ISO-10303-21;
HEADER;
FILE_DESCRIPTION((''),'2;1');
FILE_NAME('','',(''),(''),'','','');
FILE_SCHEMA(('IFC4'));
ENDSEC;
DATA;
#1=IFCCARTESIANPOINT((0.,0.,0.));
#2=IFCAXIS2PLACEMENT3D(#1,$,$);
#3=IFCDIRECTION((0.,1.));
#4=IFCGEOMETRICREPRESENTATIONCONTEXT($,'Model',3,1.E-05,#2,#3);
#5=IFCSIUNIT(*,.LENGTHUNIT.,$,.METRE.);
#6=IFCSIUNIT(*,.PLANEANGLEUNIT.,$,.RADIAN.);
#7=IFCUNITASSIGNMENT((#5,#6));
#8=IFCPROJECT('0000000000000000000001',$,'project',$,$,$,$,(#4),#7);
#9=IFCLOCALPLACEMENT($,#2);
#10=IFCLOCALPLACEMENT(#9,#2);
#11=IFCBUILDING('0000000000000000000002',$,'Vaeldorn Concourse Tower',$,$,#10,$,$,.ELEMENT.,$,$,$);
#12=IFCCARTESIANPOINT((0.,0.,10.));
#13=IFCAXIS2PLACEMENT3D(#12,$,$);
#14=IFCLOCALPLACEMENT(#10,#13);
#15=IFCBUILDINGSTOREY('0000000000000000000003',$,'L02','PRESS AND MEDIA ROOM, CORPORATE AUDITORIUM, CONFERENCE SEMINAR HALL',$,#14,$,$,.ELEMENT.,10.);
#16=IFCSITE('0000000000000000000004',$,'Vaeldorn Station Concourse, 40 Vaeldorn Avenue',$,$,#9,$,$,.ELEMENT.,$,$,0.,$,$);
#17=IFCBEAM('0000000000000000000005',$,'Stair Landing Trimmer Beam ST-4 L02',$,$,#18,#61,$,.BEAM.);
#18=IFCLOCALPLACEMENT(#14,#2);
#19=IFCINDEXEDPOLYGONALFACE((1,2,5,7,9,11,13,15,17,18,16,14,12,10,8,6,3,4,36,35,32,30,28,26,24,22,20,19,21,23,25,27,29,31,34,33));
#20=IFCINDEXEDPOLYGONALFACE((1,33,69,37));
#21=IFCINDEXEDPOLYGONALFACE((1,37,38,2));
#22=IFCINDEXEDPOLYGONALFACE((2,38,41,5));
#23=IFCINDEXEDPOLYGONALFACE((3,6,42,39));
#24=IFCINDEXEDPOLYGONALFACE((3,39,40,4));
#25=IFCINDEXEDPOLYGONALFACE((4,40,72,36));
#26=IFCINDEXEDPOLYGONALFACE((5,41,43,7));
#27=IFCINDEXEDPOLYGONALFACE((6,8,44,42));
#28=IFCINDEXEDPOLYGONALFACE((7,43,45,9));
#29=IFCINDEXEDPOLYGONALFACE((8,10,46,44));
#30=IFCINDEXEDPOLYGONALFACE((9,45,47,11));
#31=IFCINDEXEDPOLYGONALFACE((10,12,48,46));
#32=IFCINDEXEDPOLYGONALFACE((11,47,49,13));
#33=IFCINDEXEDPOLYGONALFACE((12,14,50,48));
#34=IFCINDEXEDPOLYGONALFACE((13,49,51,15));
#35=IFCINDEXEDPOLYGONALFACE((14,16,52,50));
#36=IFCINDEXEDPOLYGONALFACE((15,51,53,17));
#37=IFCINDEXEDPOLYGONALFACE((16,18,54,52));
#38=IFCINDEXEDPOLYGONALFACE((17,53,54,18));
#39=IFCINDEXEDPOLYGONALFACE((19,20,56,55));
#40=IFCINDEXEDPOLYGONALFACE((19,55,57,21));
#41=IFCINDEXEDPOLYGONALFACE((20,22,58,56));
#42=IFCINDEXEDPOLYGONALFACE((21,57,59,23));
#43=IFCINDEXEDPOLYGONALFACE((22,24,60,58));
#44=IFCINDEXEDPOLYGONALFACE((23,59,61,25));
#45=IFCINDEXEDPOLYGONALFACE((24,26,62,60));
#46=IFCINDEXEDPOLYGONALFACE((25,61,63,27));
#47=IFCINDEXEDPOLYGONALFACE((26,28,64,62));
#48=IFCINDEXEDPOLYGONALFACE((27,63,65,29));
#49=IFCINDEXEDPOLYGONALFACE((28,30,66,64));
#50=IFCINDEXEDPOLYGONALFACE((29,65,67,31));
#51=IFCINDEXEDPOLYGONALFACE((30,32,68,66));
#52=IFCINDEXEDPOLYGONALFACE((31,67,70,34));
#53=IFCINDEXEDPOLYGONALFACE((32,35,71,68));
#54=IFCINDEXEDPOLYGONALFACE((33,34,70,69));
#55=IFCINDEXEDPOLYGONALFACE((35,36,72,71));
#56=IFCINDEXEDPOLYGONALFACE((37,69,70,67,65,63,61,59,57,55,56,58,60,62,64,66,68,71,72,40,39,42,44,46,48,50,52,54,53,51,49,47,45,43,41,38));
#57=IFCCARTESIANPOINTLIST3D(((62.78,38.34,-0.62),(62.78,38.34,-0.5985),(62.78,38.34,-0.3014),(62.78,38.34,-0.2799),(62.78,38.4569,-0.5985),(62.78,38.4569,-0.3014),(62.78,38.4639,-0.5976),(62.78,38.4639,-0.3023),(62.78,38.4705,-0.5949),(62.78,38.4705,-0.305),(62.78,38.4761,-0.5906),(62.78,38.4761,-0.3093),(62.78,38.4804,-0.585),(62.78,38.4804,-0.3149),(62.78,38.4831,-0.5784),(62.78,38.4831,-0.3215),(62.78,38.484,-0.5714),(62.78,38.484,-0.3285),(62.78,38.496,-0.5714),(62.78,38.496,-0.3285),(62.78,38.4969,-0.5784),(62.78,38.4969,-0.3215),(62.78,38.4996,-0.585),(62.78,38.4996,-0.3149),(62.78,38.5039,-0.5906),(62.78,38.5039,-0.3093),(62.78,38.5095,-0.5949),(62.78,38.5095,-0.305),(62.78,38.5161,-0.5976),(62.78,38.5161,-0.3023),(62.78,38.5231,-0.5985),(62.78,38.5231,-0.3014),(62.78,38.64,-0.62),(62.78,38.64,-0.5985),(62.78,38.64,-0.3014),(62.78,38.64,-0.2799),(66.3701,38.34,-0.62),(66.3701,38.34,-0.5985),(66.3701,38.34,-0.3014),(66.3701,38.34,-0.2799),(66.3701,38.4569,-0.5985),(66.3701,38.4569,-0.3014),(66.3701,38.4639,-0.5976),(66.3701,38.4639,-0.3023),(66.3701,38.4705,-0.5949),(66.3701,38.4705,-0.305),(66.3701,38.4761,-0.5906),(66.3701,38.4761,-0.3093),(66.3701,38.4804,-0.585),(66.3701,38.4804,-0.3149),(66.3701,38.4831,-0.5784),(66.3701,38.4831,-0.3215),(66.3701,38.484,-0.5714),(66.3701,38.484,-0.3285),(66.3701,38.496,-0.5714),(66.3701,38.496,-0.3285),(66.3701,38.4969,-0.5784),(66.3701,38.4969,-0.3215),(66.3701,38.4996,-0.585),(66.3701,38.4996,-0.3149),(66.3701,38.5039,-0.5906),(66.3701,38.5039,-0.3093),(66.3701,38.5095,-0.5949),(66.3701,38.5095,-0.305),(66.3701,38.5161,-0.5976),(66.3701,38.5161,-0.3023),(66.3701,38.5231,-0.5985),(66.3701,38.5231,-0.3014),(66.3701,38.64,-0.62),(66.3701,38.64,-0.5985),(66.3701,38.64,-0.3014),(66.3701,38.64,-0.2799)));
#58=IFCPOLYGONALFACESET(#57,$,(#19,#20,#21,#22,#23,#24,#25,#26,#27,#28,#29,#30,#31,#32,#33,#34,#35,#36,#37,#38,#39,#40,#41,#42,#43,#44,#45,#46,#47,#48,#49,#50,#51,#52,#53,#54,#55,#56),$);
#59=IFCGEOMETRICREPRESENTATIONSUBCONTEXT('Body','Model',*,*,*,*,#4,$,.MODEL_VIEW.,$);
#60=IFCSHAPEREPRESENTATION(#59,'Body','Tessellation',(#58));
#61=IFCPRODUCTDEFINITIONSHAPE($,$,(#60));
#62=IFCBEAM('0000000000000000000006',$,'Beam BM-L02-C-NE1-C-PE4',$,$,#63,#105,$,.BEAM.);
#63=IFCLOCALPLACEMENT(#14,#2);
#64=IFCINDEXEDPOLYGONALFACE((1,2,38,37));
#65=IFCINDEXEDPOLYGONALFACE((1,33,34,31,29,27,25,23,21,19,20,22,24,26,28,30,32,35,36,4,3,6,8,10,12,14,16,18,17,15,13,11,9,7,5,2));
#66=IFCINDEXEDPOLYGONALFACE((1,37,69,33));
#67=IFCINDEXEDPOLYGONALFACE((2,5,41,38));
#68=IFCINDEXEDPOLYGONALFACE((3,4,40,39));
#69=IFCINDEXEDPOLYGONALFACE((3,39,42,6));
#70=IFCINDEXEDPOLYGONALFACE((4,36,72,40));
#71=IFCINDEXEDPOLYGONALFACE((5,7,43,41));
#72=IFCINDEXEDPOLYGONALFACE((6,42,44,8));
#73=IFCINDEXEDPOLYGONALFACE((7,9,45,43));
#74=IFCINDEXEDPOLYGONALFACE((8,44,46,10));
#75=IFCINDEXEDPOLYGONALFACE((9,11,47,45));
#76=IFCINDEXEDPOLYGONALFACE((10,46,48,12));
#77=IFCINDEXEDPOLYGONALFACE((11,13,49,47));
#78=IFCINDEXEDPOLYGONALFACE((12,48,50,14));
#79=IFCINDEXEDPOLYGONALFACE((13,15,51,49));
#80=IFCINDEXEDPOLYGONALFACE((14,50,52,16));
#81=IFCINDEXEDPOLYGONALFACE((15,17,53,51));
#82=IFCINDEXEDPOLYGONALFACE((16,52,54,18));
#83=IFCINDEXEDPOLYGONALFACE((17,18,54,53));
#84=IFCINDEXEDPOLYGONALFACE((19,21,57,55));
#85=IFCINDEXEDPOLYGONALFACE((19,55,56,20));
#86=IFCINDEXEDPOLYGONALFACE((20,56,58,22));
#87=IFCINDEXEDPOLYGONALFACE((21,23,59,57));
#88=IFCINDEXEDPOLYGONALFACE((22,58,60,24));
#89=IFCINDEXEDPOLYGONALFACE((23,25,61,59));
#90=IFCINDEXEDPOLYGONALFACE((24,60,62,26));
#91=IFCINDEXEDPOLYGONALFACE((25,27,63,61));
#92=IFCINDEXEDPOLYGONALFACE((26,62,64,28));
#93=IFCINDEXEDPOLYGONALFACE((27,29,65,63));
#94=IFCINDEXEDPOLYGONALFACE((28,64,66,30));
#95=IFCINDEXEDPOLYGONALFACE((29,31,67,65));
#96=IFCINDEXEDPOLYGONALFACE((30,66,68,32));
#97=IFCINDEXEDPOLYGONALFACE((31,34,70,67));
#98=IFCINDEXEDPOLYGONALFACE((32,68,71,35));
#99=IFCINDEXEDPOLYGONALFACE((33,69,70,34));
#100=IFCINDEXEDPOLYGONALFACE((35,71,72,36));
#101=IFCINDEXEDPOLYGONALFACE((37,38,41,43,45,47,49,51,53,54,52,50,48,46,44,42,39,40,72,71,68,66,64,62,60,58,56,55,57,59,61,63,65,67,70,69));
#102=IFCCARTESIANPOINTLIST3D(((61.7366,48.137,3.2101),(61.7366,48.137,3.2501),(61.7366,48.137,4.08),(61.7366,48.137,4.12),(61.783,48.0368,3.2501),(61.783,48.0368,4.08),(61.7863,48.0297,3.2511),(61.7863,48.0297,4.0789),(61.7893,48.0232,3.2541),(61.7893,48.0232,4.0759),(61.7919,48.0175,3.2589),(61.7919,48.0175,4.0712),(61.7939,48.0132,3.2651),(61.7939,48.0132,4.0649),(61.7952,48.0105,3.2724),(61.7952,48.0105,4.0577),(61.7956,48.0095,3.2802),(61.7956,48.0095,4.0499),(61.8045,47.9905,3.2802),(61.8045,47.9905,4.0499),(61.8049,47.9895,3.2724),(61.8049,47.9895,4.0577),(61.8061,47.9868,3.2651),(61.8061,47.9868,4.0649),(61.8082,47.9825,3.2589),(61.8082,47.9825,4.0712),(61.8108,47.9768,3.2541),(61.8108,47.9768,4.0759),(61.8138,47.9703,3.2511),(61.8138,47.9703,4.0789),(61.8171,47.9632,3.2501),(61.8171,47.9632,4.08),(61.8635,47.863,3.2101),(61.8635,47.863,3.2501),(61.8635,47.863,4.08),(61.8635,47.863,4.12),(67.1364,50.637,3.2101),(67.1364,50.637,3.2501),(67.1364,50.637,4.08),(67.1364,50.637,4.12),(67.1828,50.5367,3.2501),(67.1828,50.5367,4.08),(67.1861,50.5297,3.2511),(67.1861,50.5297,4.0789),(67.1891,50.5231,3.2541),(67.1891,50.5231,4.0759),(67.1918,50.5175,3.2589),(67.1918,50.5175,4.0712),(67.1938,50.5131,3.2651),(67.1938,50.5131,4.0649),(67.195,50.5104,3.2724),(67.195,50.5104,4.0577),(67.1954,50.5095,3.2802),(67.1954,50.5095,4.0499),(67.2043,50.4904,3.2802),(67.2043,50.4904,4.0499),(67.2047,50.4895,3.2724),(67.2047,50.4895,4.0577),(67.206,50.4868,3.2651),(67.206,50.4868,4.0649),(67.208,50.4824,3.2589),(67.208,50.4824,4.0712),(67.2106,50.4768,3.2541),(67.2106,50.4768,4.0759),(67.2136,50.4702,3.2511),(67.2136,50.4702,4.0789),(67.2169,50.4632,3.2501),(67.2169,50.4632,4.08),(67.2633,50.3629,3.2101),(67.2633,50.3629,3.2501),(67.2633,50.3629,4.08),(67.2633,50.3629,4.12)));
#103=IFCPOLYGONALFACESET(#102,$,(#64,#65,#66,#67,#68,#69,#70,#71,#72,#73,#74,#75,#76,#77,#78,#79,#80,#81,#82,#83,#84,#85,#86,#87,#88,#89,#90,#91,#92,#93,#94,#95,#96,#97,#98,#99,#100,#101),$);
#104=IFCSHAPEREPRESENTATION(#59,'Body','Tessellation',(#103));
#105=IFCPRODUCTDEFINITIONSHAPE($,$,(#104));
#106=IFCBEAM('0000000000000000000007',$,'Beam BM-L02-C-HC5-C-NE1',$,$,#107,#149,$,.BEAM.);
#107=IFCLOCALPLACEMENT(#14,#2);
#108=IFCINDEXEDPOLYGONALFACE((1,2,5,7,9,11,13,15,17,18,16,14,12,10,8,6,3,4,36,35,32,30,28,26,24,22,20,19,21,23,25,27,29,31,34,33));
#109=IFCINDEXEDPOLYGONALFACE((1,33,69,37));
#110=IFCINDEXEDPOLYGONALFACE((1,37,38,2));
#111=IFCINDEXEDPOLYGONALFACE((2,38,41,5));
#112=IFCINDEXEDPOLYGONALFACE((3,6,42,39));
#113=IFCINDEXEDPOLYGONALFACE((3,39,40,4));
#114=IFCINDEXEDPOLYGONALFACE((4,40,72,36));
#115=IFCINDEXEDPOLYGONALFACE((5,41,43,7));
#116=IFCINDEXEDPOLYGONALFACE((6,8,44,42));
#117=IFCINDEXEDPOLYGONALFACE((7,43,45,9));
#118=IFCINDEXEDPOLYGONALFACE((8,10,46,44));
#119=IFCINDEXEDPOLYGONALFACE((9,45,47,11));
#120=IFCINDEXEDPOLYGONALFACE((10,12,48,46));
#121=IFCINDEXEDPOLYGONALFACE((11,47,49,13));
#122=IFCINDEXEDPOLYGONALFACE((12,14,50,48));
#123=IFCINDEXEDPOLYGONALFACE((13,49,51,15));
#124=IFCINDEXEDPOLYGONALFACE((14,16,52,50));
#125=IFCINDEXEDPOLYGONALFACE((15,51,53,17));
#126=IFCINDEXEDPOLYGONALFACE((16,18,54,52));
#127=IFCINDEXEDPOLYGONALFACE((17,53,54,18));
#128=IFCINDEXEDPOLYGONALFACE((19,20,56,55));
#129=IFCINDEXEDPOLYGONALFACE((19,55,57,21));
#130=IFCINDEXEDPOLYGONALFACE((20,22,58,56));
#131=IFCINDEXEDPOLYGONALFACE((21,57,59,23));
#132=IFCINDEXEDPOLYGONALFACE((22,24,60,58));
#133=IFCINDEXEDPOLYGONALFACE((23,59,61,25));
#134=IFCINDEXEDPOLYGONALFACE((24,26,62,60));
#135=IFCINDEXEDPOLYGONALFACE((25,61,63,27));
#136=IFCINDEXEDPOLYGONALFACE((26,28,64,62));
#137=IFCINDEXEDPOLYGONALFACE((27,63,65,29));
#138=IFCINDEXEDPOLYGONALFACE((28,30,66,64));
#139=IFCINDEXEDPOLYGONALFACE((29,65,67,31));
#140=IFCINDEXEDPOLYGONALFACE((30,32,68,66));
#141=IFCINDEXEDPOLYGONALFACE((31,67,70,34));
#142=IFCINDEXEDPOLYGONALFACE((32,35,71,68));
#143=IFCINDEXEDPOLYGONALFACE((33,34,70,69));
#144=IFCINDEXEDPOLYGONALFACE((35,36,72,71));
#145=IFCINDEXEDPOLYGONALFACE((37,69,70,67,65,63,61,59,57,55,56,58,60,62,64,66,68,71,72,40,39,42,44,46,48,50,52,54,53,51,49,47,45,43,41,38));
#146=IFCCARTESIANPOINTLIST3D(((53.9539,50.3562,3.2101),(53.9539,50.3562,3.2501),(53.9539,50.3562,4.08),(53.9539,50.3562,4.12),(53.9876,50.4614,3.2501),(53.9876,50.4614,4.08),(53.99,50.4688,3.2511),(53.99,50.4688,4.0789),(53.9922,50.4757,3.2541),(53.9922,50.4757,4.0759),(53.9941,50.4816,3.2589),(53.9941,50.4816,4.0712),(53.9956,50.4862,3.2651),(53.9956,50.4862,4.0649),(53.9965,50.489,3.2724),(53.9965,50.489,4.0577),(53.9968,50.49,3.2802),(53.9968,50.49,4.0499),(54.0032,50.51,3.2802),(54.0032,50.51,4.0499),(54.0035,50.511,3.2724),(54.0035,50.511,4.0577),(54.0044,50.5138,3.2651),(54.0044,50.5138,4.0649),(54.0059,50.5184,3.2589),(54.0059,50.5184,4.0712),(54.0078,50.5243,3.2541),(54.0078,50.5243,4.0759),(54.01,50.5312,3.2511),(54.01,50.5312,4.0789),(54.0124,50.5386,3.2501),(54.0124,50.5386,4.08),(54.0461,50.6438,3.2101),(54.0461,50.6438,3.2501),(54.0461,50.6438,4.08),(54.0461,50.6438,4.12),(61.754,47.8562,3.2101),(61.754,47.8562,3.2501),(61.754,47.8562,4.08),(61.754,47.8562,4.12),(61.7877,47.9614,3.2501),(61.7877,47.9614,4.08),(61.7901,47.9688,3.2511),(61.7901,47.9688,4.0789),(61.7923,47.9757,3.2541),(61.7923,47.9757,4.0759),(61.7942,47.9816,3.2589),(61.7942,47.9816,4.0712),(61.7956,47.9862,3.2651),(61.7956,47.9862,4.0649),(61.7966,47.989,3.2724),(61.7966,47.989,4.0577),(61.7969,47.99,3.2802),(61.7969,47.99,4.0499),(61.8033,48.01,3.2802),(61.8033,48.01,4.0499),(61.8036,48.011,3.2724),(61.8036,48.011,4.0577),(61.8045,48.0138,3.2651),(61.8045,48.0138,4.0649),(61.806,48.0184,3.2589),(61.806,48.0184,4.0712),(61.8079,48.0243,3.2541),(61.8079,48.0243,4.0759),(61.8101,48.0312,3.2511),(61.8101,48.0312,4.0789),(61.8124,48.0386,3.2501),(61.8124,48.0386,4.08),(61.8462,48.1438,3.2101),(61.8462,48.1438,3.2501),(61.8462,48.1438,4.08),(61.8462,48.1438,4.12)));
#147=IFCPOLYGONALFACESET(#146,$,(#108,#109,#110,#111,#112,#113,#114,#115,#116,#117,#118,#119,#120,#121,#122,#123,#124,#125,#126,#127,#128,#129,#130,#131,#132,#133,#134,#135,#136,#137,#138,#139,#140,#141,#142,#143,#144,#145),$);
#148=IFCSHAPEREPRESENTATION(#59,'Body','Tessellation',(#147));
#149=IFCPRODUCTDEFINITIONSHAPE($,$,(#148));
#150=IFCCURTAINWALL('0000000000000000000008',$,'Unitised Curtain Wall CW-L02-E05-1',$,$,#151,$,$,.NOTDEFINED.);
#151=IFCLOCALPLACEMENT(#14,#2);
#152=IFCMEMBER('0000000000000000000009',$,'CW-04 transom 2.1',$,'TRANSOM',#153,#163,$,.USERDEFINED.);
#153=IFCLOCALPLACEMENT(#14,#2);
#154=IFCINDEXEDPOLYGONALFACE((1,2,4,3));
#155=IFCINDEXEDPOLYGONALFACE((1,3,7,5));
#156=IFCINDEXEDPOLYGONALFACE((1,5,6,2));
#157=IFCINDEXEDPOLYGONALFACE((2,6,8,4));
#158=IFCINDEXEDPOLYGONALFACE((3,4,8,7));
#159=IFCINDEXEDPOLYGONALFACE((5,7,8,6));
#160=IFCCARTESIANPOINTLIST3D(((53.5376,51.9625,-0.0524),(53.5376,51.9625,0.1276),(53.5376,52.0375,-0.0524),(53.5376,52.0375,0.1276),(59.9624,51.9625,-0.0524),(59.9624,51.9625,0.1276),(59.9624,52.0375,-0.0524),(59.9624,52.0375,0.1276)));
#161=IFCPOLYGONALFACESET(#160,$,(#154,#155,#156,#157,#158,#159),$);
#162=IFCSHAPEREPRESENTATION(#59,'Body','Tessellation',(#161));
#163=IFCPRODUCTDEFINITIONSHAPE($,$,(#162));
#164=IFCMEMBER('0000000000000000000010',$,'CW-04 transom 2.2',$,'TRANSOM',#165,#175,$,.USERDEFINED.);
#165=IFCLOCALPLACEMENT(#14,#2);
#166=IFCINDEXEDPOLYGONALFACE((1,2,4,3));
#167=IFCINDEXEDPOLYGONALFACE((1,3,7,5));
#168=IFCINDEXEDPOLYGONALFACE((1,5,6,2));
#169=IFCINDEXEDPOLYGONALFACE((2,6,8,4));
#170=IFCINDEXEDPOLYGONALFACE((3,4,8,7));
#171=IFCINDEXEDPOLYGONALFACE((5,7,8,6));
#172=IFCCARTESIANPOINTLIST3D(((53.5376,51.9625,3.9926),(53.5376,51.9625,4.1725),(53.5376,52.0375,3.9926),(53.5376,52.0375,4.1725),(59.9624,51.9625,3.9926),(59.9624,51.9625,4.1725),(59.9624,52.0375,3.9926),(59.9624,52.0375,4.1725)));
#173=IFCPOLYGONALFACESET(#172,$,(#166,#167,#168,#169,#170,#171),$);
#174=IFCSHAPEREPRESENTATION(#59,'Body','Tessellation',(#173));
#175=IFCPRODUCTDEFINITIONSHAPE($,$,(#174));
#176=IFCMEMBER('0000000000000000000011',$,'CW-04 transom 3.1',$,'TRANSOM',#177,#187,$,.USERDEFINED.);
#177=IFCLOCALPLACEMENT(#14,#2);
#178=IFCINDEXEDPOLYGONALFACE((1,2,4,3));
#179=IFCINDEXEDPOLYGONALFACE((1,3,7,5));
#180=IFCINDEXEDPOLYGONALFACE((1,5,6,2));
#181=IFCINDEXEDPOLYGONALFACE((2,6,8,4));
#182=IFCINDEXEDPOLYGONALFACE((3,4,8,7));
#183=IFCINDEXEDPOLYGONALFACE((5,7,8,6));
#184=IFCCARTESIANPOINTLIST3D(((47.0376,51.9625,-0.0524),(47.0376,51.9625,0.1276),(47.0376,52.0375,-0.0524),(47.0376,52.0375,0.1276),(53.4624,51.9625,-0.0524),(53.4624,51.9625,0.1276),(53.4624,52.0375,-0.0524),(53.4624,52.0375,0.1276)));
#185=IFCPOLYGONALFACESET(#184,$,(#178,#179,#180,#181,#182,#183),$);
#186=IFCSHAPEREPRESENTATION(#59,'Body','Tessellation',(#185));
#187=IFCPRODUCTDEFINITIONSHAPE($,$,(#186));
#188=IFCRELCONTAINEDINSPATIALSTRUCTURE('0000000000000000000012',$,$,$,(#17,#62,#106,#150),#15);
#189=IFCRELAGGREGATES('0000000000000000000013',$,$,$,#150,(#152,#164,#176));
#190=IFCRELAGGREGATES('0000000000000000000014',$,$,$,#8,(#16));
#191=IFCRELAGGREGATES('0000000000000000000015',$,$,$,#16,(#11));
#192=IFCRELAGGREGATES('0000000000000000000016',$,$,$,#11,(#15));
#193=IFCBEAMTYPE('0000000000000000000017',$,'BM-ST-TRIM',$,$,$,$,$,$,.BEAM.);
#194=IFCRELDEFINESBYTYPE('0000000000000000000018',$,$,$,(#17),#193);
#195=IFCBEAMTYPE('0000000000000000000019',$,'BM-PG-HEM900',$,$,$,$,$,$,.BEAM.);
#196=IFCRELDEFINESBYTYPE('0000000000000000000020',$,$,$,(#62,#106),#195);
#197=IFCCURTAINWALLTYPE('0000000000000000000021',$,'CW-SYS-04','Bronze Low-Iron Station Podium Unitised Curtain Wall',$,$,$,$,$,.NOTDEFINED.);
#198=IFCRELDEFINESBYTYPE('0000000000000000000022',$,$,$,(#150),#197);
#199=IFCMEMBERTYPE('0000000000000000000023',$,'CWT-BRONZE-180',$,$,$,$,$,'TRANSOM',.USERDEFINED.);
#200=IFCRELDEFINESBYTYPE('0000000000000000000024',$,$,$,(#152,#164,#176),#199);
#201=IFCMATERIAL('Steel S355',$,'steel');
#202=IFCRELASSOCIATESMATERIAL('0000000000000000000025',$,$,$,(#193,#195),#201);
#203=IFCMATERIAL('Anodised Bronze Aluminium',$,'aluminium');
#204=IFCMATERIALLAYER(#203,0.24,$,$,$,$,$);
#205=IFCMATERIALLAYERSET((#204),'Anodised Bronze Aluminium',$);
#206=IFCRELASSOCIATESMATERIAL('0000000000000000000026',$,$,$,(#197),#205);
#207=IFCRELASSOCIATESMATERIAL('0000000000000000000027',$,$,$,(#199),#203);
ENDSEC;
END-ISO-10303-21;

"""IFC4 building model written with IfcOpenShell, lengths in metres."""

from ifc_helpers import new_model, si_unit, direction, frame, origin, origin_2d, place, context, subcontext, project, spatial, rectangle, i_section, extrude, source, transform, mapped, material, layer, layer_set, material_profile, profile_set, type_object, element, aggregate, save


model = new_model("IFC4")

# Units and contexts
model_context = context("Model", 3, precision=1e-05, world=origin(), true_north=direction((0.0, 1.0)))
body_context = subcontext(model_context, "Body", "Model", "MODEL_VIEW")
ifc_project = project(units=[si_unit("LENGTHUNIT", "METRE"), si_unit("PLANEANGLEUNIT", "RADIAN")], contexts=[model_context])

# Site, building, storey
site_placement = place(None, origin())
site = spatial("IfcSite", under=ifc_project, at=site_placement, Name="Vaeldorn Station Concourse, 40 Vaeldorn Avenue", CompositionType="ELEMENT", RefElevation=0.0)
building_placement = place(site_placement, origin())
building = spatial("IfcBuilding", under=site, at=building_placement, Name="Vaeldorn Concourse Tower", CompositionType="ELEMENT")
storey_placement = place(building_placement, frame((0.0, 0.0, 10.0)))
storey = spatial("IfcBuildingStorey", under=building, at=storey_placement, Name="L02", Description="PRESS AND MEDIA ROOM, CORPORATE AUDITORIUM, CONFERENCE SEMINAR HALL", CompositionType="ELEMENT", Elevation=10.0)

# Beams
ifc_material_1 = material(Name="Steel S355", Category="steel")
ifc_material_profile_1 = material_profile(ifc_material_1, i_section(OverallWidth=0.3, OverallDepth=0.3401, WebThickness=0.012, FlangeThickness=0.0215, FilletRadius=0.0271, at=origin_2d()), Name="HEB 340")
ifc_profile_set_1 = profile_set([ifc_material_profile_1], Name="Steel S355")
beam_type_1 = type_object("IfcBeamType", Name="BM-ST-TRIM", PredefinedType="BEAM", material=ifc_profile_set_1)
shared_shape_1 = source(origin(), body_context, "Body", "SweptSolid", [
    extrude(i_section(OverallWidth=0.3, OverallDepth=0.3401, WebThickness=0.012, FlangeThickness=0.0215, FilletRadius=0.0271, at=origin_2d()), origin(), (0.0, 0.0, 1.0), 3.5901),
])
for number, where, z_axis, x_axis, name in (
    (1, (62.78, 38.49, -0.45), (1.0, 0.0, 0.0), (0.0, 1.0, 0.0), "Stair Landing Trimmer Beam ST-4 L02"),
):
    element("IfcBeam", number, at=place(storey_placement, frame(where, z_axis=z_axis, x_axis=x_axis)), inside=storey, type_object=beam_type_1, Name=name, PredefinedType="BEAM", context=body_context, shape_type="MappedRepresentation", body=[
        mapped(shared_shape_1, transform((0.0, 0.0, 0.0), scale=1.0)),
    ])
ifc_material_profile_2 = material_profile(ifc_material_1, i_section(OverallWidth=0.302, OverallDepth=0.9099, WebThickness=0.021, FlangeThickness=0.04, FilletRadius=0.03, at=origin_2d()), Name="HEM 900")
ifc_profile_set_2 = profile_set([ifc_material_profile_2], Name="Steel S355")
beam_type_2 = type_object("IfcBeamType", Name="BM-PG-HEM900", PredefinedType="BEAM", material=ifc_profile_set_2)
shared_shape_2 = source(origin(), body_context, "Body", "SweptSolid", [
    extrude(i_section(OverallWidth=0.302, OverallDepth=0.9099, WebThickness=0.021, FlangeThickness=0.04, FilletRadius=0.03, at=origin_2d()), origin(), (0.0, 0.0, 1.0), 5.9504),
])
beam_1_placement = place(storey_placement, frame((61.8, 48.0, 3.665), z_axis=(0.907464, 0.42013, 0.0), x_axis=(-0.42013, 0.907464, 0.0)))
element("IfcBeam", 2, at=beam_1_placement, inside=storey, type_object=beam_type_2, Name="Beam BM-L02-C-NE1-C-PE4", PredefinedType="BEAM", context=body_context, shape_type="MappedRepresentation", body=[
    mapped(shared_shape_2, transform((0.0, 0.0, 0.0), scale=1.0)),
])
shared_shape_3 = source(origin(), body_context, "Body", "SweptSolid", [
    extrude(i_section(OverallWidth=0.302, OverallDepth=0.9099, WebThickness=0.021, FlangeThickness=0.04, FilletRadius=0.03, at=origin_2d()), origin(), (0.0, 0.0, 1.0), 8.1909),
])
beam_2_placement = place(storey_placement, frame((54.0, 50.5, 3.665), z_axis=(0.952283, -0.305217, 0.0), x_axis=(0.305217, 0.952283, 0.0)))
element("IfcBeam", 3, at=beam_2_placement, inside=storey, type_object=beam_type_2, Name="Beam BM-L02-C-HC5-C-NE1", PredefinedType="BEAM", context=body_context, shape_type="MappedRepresentation", body=[
    mapped(shared_shape_3, transform((0.0, 0.0, 0.0), scale=1.0)),
])

# Curtain wall, members
ifc_material_2 = material(Name="Anodised Bronze Aluminium", Category="aluminium")
ifc_layer_1 = layer(ifc_material_2, 0.24)
ifc_layer_set_1 = layer_set([ifc_layer_1], Name="Anodised Bronze Aluminium")
curtain_wall_type = type_object("IfcCurtainWallType", Name="CW-SYS-04", Description="Bronze Low-Iron Station Podium Unitised Curtain Wall", PredefinedType="NOTDEFINED", material=ifc_layer_set_1)
curtain_wall_placement = place(storey_placement, origin())
curtain_wall = element("IfcCurtainWall", 4, at=curtain_wall_placement, inside=storey, type_object=curtain_wall_type, Name="Unitised Curtain Wall CW-L02-E05-1", PredefinedType="NOTDEFINED")
ifc_material_profile_3 = material_profile(ifc_material_2, rectangle(XDim=0.075, YDim=0.1799, at=origin_2d()), Name="CWT 75x180")
ifc_profile_set_3 = profile_set([ifc_material_profile_3], Name="Anodised Bronze Aluminium")
member_type_1 = type_object("IfcMemberType", Name="CWT-BRONZE-180", ElementType="TRANSOM", PredefinedType="USERDEFINED", material=ifc_profile_set_3)
shared_shape_4 = source(origin(), body_context, "Body", "SweptSolid", [
    extrude(rectangle(XDim=0.075, YDim=0.1799, at=origin_2d()), origin(), (0.0, 0.0, 1.0), 6.4248),
])
member_1_placement = place(storey_placement, frame((59.9624, 52.0, 0.0376), z_axis=(-1.0, 0.0, 0.0), x_axis=(0.0, -1.0, 0.0)))
member_1 = element("IfcMember", 5, at=member_1_placement, type_object=member_type_1, Name="CW-04 transom 2.1", ObjectType="TRANSOM", PredefinedType="USERDEFINED", context=body_context, shape_type="MappedRepresentation", body=[
    mapped(shared_shape_4, transform((0.0, 0.0, 0.0), scale=1.0)),
])
member_2_placement = place(storey_placement, frame((59.9624, 52.0, 4.0825), z_axis=(-1.0, 0.0, 0.0), x_axis=(0.0, -1.0, 0.0)))
member_2 = element("IfcMember", 6, at=member_2_placement, type_object=member_type_1, Name="CW-04 transom 2.2", ObjectType="TRANSOM", PredefinedType="USERDEFINED", context=body_context, shape_type="MappedRepresentation", body=[
    mapped(shared_shape_4, transform((0.0, 0.0, 0.0), scale=1.0)),
])
member_3_placement = place(storey_placement, frame((53.4624, 52.0, 0.0376), z_axis=(-1.0, 0.0, 0.0), x_axis=(0.0, -1.0, 0.0)))
member_3 = element("IfcMember", 7, at=member_3_placement, type_object=member_type_1, Name="CW-04 transom 3.1", ObjectType="TRANSOM", PredefinedType="USERDEFINED", context=body_context, shape_type="MappedRepresentation", body=[
    mapped(shared_shape_4, transform((0.0, 0.0, 0.0), scale=1.0)),
])
aggregate(curtain_wall, [member_1, member_2, member_3])

save(model, "model.ifc")
